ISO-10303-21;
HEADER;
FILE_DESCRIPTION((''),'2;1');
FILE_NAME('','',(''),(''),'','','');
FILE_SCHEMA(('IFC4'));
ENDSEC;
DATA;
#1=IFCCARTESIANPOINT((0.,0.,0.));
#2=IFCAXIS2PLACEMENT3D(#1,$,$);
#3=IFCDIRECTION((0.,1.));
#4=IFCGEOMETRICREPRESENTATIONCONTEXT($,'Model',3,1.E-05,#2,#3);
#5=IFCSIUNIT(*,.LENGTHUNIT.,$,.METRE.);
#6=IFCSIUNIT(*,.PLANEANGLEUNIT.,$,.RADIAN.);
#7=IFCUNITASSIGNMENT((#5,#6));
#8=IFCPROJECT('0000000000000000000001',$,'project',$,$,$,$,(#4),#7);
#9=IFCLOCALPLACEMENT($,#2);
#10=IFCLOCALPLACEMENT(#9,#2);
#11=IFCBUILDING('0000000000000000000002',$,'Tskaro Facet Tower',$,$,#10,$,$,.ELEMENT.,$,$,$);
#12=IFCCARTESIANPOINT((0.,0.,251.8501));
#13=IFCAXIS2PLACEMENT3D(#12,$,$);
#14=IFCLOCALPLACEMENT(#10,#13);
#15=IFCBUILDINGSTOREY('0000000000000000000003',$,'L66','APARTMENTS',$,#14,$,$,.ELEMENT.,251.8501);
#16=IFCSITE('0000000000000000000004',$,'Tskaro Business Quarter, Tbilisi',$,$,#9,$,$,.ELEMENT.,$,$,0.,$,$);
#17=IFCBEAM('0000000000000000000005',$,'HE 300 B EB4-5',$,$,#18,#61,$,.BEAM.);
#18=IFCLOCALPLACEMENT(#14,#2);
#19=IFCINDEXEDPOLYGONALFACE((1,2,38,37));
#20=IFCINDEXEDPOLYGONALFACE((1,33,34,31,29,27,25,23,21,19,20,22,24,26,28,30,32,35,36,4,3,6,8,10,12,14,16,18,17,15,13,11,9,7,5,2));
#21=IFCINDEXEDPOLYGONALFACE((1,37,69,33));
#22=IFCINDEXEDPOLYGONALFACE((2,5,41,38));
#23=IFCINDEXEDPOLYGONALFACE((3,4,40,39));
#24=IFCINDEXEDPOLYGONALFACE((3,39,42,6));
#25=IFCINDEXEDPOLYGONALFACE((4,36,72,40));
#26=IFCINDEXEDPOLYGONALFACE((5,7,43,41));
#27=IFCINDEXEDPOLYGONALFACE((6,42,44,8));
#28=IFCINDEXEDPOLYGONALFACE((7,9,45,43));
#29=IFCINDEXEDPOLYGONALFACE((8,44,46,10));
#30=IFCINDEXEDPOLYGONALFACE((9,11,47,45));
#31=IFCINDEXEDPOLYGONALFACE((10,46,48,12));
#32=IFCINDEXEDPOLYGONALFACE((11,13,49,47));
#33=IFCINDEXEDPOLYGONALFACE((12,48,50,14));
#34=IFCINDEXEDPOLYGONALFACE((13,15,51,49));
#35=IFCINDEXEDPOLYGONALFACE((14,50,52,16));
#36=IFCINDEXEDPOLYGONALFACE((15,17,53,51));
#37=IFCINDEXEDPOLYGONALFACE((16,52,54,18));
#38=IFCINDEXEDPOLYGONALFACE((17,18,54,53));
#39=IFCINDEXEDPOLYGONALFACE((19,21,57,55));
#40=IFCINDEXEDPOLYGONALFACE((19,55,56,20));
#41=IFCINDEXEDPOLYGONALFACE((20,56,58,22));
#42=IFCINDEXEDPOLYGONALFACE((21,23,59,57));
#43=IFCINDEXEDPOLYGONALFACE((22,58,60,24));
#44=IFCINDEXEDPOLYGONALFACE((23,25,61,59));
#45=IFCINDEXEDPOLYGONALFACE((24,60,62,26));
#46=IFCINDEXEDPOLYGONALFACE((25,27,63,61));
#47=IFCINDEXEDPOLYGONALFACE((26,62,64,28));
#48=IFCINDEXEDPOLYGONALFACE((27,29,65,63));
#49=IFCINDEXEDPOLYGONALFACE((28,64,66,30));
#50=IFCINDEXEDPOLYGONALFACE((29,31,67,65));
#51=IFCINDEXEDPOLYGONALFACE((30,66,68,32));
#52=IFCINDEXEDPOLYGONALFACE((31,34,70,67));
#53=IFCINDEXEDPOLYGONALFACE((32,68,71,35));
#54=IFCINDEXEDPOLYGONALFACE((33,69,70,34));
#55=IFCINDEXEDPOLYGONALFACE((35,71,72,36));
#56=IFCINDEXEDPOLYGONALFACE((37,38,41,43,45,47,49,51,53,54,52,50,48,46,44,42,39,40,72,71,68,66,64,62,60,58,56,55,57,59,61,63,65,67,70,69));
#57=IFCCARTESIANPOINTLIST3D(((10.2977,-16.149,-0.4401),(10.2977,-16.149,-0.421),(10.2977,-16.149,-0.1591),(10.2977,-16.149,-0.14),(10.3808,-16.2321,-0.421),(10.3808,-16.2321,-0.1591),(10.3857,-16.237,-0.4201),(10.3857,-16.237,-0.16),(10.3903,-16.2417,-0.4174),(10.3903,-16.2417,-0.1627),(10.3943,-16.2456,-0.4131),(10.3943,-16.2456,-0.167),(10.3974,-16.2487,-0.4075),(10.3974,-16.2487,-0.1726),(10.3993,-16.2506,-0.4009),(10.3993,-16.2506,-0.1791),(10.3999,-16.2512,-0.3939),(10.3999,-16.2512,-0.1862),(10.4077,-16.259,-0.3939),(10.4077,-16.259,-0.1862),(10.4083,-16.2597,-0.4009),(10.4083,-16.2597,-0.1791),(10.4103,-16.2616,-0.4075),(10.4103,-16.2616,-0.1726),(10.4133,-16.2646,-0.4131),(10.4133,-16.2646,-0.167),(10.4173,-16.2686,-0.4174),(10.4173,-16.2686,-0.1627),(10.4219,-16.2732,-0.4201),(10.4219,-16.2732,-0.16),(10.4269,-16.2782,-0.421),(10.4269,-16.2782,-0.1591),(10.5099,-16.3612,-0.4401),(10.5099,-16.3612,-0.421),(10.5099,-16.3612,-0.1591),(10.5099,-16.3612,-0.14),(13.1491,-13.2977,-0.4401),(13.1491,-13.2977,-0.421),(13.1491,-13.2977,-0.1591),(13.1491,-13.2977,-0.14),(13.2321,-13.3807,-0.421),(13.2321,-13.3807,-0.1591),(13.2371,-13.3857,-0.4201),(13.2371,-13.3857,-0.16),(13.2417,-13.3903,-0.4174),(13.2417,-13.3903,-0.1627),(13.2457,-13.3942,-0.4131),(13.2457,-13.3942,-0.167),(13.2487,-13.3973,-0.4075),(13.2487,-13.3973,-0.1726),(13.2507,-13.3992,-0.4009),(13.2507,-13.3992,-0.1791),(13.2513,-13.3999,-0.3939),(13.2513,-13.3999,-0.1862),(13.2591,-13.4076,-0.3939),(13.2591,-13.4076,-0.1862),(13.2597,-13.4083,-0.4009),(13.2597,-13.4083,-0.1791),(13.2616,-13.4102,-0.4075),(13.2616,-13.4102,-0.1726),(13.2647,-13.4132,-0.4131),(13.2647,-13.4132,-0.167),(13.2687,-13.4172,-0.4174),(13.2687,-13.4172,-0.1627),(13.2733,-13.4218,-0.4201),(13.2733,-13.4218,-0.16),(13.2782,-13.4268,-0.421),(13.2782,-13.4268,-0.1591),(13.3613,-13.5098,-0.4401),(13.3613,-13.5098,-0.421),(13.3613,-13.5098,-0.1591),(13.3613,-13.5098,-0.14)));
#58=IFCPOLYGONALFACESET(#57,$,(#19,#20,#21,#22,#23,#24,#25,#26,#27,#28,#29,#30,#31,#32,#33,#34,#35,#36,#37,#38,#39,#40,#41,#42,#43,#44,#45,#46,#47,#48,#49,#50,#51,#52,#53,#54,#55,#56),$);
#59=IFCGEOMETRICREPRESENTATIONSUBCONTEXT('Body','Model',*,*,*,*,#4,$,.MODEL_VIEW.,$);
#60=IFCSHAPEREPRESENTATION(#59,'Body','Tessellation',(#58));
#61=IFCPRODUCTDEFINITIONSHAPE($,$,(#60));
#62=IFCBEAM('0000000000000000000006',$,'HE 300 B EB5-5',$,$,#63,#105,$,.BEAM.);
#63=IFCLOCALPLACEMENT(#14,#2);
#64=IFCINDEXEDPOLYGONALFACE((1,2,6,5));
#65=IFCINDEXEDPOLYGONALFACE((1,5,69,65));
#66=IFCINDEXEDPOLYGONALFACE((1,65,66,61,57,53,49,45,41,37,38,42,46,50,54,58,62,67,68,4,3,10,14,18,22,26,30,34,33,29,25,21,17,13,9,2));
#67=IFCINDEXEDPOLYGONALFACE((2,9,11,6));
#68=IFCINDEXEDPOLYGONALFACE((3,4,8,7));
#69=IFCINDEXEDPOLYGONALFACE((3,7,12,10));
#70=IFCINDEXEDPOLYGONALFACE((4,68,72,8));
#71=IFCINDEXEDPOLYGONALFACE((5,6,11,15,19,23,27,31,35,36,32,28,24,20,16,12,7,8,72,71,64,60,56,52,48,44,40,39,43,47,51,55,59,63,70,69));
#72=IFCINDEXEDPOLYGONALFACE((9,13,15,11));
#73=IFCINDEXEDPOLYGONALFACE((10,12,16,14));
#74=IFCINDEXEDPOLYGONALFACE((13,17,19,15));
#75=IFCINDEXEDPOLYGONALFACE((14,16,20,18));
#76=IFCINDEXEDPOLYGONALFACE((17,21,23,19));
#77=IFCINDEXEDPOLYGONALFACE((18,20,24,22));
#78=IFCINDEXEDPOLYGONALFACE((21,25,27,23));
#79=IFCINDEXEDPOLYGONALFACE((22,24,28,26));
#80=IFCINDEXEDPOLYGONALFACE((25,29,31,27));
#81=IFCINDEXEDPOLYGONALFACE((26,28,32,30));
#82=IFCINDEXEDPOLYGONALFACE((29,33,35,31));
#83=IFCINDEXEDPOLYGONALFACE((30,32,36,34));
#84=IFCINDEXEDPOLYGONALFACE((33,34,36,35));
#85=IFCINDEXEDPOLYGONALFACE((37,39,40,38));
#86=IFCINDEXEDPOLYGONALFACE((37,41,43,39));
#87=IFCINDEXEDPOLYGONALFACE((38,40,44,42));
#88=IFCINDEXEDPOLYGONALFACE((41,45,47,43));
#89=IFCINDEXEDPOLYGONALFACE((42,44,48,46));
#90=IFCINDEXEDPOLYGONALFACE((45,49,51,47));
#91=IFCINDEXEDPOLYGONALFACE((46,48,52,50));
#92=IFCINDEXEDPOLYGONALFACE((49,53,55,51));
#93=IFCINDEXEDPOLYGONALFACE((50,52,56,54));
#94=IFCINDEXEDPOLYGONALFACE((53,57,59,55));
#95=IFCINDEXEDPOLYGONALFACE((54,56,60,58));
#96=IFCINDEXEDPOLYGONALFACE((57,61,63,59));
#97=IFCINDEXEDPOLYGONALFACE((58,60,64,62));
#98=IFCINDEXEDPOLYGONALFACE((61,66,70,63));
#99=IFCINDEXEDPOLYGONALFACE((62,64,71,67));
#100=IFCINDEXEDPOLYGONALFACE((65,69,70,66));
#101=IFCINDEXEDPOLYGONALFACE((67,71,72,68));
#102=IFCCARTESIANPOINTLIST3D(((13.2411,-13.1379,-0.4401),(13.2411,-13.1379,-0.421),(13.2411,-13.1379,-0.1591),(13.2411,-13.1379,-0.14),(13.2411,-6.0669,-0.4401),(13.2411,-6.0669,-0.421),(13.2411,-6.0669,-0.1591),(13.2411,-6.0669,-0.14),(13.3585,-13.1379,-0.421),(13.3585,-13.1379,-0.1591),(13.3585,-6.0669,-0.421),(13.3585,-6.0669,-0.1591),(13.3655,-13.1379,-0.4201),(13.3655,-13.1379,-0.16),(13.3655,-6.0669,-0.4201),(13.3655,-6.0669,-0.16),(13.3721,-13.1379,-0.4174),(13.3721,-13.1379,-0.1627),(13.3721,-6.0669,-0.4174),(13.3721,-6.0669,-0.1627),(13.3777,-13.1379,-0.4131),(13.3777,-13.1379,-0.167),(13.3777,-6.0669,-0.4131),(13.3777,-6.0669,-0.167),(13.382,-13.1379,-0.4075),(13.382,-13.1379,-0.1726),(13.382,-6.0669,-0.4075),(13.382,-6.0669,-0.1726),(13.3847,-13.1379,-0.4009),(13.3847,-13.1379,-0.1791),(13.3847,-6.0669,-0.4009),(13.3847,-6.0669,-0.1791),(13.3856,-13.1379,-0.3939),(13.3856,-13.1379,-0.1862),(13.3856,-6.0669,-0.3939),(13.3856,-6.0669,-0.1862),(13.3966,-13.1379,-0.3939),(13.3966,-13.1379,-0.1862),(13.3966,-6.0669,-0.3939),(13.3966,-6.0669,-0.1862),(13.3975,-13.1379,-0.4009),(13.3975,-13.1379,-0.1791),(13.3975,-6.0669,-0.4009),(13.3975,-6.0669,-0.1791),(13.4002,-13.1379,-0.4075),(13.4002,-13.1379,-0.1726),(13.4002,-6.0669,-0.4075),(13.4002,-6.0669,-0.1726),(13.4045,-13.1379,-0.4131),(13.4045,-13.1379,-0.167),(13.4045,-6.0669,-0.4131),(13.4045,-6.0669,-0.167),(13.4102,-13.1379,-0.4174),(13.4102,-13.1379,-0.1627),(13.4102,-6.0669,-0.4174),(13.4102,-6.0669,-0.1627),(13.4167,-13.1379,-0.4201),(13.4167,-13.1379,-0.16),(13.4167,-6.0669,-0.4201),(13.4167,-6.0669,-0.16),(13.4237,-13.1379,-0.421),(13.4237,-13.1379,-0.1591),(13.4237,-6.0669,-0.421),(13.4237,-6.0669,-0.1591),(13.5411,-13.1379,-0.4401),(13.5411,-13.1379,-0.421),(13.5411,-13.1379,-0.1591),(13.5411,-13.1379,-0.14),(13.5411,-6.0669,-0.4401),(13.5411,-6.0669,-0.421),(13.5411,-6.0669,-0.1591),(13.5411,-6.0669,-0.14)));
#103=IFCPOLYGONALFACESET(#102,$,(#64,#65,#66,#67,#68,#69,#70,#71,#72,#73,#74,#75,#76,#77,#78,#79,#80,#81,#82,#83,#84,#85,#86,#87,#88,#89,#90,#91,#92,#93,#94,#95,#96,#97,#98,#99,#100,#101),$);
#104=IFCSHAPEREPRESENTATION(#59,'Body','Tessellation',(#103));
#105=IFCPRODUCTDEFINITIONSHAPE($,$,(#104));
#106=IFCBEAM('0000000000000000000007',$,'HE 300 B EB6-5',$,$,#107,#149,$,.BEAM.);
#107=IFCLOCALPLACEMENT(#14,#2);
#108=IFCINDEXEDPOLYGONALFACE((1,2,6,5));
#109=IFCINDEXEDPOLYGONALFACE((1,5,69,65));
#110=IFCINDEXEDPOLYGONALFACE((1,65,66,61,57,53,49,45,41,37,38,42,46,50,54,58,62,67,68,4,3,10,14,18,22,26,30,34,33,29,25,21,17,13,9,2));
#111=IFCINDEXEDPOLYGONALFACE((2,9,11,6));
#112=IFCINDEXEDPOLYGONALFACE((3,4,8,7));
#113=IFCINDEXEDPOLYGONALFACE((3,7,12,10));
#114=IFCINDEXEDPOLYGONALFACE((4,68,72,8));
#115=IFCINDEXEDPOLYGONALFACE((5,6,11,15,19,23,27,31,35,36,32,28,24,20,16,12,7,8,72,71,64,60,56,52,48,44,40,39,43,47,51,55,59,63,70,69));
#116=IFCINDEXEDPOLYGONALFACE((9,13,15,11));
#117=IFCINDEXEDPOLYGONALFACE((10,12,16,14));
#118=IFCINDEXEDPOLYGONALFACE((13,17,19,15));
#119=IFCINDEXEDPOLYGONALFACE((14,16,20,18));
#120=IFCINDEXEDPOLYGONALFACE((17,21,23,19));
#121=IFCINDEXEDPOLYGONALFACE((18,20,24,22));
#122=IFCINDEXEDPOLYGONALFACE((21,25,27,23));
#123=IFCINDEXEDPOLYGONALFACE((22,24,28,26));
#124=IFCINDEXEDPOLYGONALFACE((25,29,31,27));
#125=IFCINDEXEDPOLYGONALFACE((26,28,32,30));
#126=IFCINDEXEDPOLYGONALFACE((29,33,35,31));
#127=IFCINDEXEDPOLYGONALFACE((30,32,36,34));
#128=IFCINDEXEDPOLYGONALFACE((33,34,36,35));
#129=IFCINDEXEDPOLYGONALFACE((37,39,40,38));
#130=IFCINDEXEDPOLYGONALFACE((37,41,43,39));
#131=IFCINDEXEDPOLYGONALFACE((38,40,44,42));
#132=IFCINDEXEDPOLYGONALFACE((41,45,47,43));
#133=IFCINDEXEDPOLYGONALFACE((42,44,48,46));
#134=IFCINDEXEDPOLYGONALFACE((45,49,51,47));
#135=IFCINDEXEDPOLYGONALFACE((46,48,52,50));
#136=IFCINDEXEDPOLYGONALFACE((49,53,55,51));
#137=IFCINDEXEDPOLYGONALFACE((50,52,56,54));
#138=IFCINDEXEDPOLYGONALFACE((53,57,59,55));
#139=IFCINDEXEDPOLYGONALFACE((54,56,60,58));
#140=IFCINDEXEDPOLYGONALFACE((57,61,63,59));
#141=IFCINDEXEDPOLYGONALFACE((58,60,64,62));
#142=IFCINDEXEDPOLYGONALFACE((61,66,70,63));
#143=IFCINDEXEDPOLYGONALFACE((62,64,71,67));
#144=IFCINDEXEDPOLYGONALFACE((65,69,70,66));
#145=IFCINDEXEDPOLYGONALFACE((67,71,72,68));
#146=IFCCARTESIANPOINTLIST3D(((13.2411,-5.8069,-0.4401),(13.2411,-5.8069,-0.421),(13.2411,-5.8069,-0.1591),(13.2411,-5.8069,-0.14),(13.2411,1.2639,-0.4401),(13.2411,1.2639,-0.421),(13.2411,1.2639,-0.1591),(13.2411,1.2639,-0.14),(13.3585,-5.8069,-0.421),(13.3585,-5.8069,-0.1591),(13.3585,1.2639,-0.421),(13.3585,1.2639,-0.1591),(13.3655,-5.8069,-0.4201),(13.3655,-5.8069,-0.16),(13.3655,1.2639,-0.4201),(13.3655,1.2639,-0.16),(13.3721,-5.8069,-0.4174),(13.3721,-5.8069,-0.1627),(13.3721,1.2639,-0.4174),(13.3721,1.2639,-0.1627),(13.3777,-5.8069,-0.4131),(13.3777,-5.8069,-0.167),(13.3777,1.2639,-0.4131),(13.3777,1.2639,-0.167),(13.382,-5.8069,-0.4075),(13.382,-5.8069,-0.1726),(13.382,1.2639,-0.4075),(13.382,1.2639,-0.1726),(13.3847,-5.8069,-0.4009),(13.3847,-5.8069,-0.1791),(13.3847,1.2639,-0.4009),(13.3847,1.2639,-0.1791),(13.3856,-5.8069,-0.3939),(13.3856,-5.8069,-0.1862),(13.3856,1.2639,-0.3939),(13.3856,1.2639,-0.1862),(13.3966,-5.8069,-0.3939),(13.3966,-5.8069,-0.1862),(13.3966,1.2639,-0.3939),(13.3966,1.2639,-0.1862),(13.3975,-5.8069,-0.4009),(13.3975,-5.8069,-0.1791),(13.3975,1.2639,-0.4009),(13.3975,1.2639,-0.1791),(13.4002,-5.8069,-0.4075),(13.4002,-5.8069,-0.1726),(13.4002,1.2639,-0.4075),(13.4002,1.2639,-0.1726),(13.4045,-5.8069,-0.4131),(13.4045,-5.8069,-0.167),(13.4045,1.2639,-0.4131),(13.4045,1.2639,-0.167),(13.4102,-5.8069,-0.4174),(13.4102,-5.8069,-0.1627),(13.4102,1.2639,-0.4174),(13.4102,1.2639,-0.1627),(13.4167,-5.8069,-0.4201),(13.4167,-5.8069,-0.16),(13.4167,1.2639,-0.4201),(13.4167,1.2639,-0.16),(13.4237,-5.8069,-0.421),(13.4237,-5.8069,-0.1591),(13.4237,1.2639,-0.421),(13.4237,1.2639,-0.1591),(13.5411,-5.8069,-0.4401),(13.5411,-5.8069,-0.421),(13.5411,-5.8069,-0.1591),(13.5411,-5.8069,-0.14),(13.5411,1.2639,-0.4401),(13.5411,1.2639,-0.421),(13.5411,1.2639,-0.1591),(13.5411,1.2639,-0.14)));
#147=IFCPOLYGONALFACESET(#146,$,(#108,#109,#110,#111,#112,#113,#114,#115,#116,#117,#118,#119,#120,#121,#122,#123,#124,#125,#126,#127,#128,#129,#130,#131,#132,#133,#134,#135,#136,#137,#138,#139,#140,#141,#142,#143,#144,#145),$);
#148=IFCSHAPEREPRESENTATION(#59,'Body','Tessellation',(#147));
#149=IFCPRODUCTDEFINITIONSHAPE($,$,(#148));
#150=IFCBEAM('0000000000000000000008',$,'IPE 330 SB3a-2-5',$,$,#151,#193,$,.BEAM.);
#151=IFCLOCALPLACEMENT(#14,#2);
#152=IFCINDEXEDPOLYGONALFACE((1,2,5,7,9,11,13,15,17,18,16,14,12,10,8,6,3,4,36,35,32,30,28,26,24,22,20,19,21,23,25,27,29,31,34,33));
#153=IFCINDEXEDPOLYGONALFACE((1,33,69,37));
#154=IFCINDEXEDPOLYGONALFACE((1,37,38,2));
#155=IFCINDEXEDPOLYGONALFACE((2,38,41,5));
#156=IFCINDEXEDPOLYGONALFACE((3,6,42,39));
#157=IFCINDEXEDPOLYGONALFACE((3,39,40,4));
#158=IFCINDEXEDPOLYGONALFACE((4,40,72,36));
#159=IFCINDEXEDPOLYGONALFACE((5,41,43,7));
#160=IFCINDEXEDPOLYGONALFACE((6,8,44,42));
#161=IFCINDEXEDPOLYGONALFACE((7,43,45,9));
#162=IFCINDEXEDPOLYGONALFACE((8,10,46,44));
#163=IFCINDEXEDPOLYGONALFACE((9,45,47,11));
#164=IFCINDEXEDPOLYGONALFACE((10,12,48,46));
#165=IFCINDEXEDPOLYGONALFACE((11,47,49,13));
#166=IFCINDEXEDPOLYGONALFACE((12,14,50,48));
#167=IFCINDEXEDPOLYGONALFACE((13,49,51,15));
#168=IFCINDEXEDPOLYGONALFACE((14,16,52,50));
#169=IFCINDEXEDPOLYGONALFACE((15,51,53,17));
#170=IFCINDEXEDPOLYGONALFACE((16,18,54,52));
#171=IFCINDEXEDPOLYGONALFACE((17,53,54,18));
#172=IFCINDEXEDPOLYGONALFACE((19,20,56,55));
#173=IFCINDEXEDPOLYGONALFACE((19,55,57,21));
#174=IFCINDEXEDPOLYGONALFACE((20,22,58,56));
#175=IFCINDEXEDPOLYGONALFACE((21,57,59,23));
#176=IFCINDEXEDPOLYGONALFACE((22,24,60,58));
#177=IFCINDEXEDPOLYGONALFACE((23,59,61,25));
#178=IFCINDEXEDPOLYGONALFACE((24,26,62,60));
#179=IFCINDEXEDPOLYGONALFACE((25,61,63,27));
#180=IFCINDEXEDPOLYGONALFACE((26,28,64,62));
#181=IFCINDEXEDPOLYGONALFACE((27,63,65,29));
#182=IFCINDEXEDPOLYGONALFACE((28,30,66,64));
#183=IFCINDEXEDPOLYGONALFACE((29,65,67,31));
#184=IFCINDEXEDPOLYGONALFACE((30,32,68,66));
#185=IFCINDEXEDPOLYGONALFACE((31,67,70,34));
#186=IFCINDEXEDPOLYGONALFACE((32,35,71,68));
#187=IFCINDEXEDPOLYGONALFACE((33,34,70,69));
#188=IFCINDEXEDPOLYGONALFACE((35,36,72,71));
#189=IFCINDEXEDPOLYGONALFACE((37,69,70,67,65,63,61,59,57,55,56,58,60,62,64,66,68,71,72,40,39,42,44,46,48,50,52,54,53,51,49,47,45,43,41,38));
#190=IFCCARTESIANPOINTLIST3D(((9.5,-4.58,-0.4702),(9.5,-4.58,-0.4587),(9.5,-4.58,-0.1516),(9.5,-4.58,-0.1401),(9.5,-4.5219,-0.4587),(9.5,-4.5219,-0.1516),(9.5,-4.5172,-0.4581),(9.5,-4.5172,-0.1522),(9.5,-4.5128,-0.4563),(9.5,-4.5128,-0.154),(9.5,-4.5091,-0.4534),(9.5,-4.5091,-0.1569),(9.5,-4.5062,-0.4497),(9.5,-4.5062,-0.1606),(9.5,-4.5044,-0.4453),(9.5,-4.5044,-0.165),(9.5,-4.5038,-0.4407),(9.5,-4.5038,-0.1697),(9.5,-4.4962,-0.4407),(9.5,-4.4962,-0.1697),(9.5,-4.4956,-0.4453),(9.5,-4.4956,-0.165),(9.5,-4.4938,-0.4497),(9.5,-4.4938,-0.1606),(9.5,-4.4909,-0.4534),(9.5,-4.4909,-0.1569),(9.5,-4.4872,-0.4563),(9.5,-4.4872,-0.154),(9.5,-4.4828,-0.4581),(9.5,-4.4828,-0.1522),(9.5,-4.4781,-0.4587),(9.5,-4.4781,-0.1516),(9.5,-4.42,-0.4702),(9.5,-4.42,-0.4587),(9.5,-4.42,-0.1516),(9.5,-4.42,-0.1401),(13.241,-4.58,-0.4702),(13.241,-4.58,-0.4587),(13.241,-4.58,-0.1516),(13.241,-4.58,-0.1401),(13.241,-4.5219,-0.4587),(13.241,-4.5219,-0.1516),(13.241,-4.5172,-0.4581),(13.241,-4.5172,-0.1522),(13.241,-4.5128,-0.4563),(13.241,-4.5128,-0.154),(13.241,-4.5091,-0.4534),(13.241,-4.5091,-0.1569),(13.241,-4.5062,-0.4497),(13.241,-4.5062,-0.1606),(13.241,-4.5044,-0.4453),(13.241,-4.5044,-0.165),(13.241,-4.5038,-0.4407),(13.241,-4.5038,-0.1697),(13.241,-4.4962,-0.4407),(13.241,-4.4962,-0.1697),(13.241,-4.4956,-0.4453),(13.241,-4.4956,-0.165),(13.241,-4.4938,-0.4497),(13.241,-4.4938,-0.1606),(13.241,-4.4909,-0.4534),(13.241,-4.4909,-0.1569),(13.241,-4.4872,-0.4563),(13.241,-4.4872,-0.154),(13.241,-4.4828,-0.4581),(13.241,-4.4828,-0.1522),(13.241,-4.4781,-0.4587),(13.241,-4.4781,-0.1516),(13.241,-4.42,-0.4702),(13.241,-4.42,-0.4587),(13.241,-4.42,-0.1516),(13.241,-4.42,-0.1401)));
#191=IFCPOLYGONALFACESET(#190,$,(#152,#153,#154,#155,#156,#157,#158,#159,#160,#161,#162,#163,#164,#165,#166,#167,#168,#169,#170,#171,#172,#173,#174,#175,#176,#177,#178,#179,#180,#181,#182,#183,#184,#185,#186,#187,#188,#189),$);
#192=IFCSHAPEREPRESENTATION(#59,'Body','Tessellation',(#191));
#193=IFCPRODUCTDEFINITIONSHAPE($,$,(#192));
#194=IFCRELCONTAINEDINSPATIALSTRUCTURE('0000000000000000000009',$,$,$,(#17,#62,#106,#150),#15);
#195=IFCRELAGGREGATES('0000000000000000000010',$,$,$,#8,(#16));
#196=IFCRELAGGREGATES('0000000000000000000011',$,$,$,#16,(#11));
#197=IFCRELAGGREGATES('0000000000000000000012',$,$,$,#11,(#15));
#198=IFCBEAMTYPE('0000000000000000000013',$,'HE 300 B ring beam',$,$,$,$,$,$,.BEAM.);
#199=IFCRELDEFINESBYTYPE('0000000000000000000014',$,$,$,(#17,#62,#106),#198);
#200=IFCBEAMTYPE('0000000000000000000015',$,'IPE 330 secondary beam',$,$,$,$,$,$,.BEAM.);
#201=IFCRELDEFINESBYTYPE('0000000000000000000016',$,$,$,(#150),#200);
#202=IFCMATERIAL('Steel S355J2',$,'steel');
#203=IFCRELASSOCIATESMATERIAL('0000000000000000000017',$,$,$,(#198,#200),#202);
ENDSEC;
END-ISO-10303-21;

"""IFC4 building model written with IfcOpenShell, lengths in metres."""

from ifc_helpers import new_model, si_unit, direction, frame, origin, origin_2d, place, context, subcontext, project, spatial, i_section, extrude, material, material_profile, profile_set, type_object, element, save


model = new_model("IFC4")

# Units and contexts
model_context = context("Model", 3, precision=1e-05, world=origin(), true_north=direction((0.0, 1.0)))
body_context = subcontext(model_context, "Body", "Model", "MODEL_VIEW")
ifc_project = project(units=[si_unit("LENGTHUNIT", "METRE"), si_unit("PLANEANGLEUNIT", "RADIAN")], contexts=[model_context])

# Site, building, storey
site_placement = place(None, origin())
site = spatial("IfcSite", under=ifc_project, at=site_placement, Name="Tskaro Business Quarter, Tbilisi", CompositionType="ELEMENT", RefElevation=0.0)
building_placement = place(site_placement, origin())
building = spatial("IfcBuilding", under=site, at=building_placement, Name="Tskaro Facet Tower", CompositionType="ELEMENT")
storey_placement = place(building_placement, frame((0.0, 0.0, 251.8501)))
storey = spatial("IfcBuildingStorey", under=building, at=storey_placement, Name="L66", Description="APARTMENTS", CompositionType="ELEMENT", Elevation=251.8501)

# Shared definitions
ifc_material_1 = material(Name="Steel S355J2", Category="steel")

# Beams
ifc_material_profile_1 = material_profile(ifc_material_1, i_section(OverallWidth=0.3, OverallDepth=0.3, WebThickness=0.011, FlangeThickness=0.019, FilletRadius=0.0271, at=origin_2d()), Name="HE 300 B")
ifc_profile_set_1 = profile_set([ifc_material_profile_1], Name="Steel S355J2")
beam_type_1 = type_object("IfcBeamType", Name="HE 300 B ring beam", PredefinedType="BEAM", material=ifc_profile_set_1)
beam_1_placement = place(storey_placement, frame((10.4038, -16.2551, -0.29), z_axis=(0.707107, 0.707107, 0.0), x_axis=(-0.707107, 0.707107, 0.0)))
element("IfcBeam", 1, at=beam_1_placement, inside=storey, type_object=beam_type_1, Name="HE 300 B EB4-5", PredefinedType="BEAM", context=body_context, shape_type="SweptSolid", body=[
    extrude(i_section(OverallWidth=0.3, OverallDepth=0.3, WebThickness=0.011, FlangeThickness=0.019, FilletRadius=0.0271, at=origin_2d()), origin(), (0.0, 0.0, 1.0), 4.0325),
])
beam_2_placement = place(storey_placement, frame((13.3911, -13.1379, -0.29), z_axis=(0.0, 1.0, 0.0), x_axis=(-1.0, 0.0, 0.0)))
element("IfcBeam", 2, at=beam_2_placement, inside=storey, type_object=beam_type_1, Name="HE 300 B EB5-5", PredefinedType="BEAM", context=body_context, shape_type="SweptSolid", body=[
    extrude(i_section(OverallWidth=0.3, OverallDepth=0.3, WebThickness=0.011, FlangeThickness=0.019, FilletRadius=0.0271, at=origin_2d()), origin(), (0.0, 0.0, 1.0), 7.071),
])
beam_3_placement = place(storey_placement, frame((13.3911, -5.8069, -0.29), z_axis=(0.0, 1.0, 0.0), x_axis=(-1.0, 0.0, 0.0)))
element("IfcBeam", 3, at=beam_3_placement, inside=storey, type_object=beam_type_1, Name="HE 300 B EB6-5", PredefinedType="BEAM", context=body_context, shape_type="SweptSolid", body=[
    extrude(i_section(OverallWidth=0.3, OverallDepth=0.3, WebThickness=0.011, FlangeThickness=0.019, FilletRadius=0.0271, at=origin_2d()), origin(), (0.0, 0.0, 1.0), 7.0708),
])
ifc_material_profile_2 = material_profile(ifc_material_1, i_section(OverallWidth=0.1599, OverallDepth=0.3301, WebThickness=0.0076, FlangeThickness=0.0115, FilletRadius=0.0181, at=origin_2d()), Name="IPE 330")
ifc_profile_set_2 = profile_set([ifc_material_profile_2], Name="Steel S355J2")
beam_type_2 = type_object("IfcBeamType", Name="IPE 330 secondary beam", PredefinedType="BEAM", material=ifc_profile_set_2)
beam_4_placement = place(storey_placement, frame((9.5, -4.5, -0.3052), z_axis=(1.0, 0.0, 0.0), x_axis=(0.0, 1.0, 0.0)))
element("IfcBeam", 4, at=beam_4_placement, inside=storey, type_object=beam_type_2, Name="IPE 330 SB3a-2-5", PredefinedType="BEAM", context=body_context, shape_type="SweptSolid", body=[
    extrude(i_section(OverallWidth=0.1599, OverallDepth=0.3301, WebThickness=0.0076, FlangeThickness=0.0115, FilletRadius=0.0181, at=origin_2d()), origin(), (0.0, 0.0, 1.0), 3.741),
])

save(model, "model.ifc")
